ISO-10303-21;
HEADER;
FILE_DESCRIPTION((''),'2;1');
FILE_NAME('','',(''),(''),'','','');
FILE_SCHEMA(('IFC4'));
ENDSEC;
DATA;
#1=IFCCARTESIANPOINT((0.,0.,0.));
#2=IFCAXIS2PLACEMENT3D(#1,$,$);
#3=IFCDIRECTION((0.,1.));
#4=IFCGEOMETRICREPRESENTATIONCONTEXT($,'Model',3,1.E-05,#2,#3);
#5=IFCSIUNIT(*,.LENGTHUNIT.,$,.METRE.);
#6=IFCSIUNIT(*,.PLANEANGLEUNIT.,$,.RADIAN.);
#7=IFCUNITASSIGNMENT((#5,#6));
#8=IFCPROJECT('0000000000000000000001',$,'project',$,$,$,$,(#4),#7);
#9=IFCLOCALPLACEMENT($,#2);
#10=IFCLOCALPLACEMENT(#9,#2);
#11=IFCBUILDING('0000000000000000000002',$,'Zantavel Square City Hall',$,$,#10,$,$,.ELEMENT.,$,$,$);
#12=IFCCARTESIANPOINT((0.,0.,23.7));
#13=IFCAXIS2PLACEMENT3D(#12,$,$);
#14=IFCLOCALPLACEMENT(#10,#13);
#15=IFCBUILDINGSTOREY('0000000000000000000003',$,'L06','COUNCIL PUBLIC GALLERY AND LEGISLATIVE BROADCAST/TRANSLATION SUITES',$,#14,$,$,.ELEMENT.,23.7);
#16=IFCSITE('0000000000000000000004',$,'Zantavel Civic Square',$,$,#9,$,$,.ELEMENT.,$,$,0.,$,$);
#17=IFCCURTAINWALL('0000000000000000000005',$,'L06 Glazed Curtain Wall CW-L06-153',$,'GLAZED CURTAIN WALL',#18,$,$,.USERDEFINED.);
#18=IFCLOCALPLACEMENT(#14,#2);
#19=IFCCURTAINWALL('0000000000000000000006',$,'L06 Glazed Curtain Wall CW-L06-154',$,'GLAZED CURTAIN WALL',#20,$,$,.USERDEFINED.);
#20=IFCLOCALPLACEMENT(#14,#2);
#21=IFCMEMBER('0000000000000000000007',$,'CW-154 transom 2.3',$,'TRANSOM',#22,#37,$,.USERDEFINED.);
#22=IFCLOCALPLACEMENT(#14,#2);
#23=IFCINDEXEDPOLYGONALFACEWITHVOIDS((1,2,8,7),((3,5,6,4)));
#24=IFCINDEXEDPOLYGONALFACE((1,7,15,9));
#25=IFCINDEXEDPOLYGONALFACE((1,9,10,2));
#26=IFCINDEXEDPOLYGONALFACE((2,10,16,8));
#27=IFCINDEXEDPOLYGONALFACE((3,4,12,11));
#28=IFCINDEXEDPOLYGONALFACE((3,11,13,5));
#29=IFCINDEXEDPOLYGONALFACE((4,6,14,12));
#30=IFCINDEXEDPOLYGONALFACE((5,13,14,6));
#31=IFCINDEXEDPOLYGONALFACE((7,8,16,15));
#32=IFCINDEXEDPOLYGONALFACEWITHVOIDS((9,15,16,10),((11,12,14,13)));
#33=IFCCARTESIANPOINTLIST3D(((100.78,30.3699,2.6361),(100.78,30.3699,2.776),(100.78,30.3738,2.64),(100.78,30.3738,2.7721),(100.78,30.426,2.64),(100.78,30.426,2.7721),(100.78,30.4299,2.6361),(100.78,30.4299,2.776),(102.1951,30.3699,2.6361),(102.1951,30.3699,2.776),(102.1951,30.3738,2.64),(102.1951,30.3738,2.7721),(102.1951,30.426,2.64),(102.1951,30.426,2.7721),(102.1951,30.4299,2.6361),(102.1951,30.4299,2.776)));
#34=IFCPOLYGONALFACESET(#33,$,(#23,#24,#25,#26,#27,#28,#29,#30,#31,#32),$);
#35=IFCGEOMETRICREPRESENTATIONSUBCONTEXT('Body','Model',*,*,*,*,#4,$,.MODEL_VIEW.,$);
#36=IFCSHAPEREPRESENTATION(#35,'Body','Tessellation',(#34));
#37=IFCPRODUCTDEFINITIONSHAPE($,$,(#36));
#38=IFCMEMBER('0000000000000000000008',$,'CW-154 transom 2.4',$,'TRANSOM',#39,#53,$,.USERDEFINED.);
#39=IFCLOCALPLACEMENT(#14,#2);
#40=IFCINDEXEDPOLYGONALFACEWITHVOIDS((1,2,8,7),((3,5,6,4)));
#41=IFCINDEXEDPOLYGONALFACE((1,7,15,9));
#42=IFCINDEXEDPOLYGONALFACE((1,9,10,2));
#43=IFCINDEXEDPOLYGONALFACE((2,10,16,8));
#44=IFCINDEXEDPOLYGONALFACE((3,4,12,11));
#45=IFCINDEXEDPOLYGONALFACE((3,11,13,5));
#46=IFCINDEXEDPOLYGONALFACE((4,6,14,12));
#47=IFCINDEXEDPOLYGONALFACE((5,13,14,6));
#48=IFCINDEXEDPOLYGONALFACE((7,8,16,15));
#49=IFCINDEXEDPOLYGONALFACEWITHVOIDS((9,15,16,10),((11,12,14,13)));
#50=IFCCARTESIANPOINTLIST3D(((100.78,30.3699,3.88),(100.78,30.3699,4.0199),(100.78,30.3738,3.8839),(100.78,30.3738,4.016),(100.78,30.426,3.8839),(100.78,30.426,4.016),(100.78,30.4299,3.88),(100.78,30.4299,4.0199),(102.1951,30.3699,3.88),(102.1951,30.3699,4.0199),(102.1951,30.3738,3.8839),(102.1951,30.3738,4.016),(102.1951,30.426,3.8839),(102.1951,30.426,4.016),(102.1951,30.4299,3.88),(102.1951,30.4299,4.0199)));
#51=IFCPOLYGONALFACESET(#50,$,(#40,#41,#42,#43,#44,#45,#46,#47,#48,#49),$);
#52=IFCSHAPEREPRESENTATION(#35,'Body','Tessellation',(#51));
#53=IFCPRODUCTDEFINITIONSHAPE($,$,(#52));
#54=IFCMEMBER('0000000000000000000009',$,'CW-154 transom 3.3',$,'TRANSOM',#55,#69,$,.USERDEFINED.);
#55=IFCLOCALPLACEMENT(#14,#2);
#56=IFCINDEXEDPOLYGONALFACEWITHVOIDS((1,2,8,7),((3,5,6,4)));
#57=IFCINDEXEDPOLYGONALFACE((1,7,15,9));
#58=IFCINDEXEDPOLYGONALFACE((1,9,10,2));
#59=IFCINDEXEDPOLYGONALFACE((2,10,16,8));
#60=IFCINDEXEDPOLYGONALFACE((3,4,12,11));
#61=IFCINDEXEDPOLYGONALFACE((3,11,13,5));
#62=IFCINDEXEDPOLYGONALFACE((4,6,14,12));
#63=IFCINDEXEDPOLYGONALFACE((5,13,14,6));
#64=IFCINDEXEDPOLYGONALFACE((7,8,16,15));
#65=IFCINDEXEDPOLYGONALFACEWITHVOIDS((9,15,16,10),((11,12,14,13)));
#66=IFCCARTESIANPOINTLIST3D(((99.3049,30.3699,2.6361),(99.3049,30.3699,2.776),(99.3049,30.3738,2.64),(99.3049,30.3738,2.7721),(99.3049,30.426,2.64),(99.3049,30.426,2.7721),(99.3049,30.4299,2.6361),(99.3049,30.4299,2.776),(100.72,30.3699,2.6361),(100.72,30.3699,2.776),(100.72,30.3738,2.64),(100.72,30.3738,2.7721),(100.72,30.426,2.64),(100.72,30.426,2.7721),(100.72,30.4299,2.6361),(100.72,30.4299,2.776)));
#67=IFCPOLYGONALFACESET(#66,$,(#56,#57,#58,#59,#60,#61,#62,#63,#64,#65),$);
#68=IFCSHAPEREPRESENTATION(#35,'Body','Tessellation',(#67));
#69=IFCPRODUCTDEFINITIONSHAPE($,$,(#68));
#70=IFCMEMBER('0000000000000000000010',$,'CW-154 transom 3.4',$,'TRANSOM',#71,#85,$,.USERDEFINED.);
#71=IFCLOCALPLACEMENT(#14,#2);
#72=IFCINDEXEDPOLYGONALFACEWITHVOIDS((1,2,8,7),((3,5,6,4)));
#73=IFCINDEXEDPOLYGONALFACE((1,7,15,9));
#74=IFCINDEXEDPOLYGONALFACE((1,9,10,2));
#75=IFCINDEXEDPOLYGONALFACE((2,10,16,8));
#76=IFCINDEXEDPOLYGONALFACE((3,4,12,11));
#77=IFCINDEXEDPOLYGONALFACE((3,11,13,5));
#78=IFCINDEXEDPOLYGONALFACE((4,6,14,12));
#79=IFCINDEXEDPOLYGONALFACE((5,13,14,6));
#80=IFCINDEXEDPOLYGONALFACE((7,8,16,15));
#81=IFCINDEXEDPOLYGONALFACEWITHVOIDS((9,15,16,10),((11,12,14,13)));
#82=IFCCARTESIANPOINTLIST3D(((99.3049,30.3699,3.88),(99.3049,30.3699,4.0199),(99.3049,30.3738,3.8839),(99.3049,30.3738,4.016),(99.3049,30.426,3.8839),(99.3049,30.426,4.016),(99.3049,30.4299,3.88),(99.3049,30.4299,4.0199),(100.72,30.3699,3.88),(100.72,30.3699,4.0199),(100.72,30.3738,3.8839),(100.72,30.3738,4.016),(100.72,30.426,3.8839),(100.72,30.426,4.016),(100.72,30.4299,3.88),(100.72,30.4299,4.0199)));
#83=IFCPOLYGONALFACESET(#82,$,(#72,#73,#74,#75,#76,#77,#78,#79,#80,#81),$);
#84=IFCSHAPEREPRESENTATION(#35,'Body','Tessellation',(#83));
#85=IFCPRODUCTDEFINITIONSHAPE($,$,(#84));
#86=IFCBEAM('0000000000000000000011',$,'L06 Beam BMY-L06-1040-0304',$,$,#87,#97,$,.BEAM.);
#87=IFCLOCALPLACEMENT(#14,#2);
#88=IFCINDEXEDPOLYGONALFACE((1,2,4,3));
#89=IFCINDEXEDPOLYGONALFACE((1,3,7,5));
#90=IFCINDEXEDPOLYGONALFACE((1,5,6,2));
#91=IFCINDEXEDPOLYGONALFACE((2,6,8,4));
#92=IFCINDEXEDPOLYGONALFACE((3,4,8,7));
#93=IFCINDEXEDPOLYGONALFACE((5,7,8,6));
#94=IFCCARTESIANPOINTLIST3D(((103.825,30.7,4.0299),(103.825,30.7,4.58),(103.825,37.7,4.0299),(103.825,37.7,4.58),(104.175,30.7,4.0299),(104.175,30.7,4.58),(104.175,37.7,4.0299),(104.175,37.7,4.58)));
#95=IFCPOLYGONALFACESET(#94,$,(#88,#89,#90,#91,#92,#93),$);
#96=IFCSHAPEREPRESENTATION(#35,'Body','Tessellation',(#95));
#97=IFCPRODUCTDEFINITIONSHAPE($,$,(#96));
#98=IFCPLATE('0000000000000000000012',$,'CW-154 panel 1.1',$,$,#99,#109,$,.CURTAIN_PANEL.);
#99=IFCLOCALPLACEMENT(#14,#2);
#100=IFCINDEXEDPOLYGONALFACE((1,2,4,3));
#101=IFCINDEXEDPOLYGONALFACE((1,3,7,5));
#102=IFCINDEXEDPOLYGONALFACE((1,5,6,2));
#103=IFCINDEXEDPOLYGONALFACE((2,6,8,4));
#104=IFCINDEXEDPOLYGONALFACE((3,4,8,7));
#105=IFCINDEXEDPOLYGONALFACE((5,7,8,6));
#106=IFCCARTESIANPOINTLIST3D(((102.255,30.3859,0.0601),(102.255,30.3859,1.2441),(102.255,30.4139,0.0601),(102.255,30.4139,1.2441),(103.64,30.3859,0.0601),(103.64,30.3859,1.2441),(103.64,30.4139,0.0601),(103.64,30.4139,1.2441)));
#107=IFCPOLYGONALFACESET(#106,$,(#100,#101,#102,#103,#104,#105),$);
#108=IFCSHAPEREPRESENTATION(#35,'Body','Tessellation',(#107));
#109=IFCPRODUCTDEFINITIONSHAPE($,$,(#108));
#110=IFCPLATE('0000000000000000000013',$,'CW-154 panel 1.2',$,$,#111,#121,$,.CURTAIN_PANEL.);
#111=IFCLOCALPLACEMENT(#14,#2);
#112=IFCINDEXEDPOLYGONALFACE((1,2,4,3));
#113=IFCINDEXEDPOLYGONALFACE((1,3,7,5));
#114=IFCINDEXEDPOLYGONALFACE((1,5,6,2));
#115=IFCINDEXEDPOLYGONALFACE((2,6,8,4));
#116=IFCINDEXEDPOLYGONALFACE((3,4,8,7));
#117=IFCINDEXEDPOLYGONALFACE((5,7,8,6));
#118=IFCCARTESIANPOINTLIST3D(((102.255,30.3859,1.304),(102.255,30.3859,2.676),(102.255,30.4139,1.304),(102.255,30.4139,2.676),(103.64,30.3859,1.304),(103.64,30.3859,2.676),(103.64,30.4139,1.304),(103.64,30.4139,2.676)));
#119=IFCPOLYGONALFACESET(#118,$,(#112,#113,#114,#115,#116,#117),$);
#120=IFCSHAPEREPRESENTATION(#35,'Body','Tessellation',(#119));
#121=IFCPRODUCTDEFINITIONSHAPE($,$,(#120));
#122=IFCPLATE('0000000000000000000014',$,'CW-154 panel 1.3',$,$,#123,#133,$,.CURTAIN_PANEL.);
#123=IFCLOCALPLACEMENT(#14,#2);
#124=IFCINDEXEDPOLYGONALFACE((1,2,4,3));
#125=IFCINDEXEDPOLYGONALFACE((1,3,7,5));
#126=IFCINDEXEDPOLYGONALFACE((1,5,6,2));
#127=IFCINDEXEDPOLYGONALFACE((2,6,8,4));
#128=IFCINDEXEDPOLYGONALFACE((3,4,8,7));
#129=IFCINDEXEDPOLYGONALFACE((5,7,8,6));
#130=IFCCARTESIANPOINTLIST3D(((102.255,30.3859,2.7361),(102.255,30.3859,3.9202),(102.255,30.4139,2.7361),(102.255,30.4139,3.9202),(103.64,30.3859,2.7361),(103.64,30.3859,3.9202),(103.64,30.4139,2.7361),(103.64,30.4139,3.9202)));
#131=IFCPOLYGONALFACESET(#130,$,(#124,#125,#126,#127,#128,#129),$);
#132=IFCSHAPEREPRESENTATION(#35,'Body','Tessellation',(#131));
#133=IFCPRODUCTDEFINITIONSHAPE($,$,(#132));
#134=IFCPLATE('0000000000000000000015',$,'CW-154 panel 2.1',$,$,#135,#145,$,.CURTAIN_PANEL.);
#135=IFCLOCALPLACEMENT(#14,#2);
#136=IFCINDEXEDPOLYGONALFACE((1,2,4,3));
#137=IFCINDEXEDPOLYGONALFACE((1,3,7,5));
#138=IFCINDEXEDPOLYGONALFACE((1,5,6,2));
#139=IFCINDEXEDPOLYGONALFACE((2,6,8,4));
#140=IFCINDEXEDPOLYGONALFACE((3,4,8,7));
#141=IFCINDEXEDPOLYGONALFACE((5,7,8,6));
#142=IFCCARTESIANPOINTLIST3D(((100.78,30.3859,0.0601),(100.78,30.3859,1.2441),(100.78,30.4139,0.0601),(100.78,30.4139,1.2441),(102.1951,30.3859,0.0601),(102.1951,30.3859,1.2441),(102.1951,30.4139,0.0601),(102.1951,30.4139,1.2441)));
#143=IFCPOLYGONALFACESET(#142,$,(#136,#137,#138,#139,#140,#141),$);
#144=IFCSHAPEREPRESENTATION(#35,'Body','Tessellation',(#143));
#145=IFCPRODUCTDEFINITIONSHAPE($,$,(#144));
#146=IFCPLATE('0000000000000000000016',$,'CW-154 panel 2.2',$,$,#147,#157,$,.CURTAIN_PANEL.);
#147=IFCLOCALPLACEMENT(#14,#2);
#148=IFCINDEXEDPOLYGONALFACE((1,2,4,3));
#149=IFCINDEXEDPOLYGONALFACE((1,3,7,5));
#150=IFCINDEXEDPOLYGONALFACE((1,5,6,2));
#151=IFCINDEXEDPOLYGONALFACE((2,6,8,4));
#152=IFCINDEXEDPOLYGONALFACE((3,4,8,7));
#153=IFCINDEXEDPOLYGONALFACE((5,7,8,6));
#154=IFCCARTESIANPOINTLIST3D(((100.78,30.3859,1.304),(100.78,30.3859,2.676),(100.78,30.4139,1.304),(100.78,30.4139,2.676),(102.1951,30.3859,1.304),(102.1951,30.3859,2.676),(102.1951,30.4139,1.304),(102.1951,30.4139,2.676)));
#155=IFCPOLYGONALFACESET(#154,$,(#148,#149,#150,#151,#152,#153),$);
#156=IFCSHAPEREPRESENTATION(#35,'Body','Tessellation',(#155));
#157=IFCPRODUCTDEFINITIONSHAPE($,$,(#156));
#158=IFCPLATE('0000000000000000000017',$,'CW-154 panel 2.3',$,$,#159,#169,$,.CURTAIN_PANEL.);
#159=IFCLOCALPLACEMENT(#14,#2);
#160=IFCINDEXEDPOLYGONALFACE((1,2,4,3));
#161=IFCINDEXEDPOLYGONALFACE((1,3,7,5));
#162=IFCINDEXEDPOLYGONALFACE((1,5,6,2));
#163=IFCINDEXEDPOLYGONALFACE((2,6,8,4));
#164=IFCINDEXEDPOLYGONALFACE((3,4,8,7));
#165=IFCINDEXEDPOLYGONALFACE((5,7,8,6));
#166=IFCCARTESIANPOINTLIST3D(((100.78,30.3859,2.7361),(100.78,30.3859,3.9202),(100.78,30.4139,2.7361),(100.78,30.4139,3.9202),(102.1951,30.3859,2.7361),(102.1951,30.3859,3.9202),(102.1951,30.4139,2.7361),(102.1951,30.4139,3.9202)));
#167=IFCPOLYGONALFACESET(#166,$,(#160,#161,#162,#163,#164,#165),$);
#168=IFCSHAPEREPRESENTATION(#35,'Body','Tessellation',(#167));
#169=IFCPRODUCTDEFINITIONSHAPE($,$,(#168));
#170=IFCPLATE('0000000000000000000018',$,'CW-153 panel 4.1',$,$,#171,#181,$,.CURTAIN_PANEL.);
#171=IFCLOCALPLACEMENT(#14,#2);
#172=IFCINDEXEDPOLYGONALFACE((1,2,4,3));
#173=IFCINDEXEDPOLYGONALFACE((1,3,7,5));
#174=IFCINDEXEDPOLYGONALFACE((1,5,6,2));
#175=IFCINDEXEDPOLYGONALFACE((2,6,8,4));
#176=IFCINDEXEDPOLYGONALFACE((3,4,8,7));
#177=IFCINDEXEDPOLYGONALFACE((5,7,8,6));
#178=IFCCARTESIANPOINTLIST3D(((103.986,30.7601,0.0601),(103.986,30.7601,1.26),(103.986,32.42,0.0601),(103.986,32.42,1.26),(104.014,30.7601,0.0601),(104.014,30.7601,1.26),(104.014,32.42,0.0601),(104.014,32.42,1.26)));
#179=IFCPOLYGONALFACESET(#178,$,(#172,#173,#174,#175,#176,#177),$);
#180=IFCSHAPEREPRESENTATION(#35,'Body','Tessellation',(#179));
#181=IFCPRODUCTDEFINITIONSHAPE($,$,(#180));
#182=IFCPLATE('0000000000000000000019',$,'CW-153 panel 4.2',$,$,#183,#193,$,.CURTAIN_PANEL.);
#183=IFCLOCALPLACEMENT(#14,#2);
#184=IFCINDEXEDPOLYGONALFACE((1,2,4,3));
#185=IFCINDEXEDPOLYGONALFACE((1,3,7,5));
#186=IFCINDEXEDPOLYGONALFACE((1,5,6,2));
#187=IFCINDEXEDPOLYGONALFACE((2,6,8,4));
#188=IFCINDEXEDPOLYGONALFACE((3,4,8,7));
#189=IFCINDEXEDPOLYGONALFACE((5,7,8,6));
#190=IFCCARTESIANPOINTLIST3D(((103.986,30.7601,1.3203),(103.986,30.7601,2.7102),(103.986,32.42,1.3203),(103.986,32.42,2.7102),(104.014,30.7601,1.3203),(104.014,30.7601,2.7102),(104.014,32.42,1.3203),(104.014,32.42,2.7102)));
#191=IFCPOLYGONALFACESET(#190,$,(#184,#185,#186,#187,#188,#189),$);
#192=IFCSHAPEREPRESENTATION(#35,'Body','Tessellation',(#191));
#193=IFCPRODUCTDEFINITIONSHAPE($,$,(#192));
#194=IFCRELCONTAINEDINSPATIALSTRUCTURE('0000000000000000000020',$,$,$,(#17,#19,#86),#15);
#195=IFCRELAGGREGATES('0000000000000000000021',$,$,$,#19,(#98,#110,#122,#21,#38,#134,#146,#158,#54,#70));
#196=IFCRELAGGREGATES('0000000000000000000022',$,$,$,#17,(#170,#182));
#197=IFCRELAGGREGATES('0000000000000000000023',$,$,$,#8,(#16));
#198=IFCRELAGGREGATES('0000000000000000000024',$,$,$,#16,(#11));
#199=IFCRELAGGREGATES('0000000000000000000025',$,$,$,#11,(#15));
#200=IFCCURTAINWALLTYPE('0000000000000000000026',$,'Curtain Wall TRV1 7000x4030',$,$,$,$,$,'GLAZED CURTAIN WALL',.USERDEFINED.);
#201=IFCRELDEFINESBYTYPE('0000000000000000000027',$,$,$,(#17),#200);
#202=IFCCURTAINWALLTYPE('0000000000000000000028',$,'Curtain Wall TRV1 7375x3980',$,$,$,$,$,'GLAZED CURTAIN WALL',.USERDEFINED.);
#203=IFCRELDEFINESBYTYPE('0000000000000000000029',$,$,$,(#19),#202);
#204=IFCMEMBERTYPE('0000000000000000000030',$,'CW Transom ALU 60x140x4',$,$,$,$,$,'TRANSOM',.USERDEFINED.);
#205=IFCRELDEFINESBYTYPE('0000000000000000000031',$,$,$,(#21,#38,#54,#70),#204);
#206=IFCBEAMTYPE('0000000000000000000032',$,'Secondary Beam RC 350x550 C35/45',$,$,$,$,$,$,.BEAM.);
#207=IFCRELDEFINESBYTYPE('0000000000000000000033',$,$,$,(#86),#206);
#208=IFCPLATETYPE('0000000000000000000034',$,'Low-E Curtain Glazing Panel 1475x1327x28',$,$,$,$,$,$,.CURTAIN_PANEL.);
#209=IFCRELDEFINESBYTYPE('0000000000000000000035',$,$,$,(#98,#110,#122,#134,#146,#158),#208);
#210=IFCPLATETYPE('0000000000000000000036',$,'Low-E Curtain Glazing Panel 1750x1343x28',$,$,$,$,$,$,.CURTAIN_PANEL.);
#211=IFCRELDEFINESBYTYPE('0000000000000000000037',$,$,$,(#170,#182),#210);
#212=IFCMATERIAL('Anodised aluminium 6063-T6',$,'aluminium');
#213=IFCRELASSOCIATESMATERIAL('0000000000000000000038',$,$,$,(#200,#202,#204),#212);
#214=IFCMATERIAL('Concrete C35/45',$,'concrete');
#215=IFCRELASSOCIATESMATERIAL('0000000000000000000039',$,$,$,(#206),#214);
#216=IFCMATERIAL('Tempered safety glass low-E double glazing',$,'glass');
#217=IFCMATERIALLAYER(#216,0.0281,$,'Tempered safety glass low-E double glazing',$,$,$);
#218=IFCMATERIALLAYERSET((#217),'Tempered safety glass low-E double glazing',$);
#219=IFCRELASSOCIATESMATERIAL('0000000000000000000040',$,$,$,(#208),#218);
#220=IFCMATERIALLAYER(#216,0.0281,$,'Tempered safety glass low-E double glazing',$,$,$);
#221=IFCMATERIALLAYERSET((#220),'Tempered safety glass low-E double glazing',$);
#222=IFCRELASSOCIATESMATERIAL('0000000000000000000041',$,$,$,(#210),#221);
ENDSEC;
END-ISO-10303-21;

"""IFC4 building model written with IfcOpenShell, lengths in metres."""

from ifc_helpers import new_model, si_unit, direction, frame, origin, origin_2d, place, context, subcontext, project, spatial, rectangle, hollow_rectangle, extrude, material, layer, layer_set, material_profile, profile_set, type_object, element, aggregate, save


model = new_model("IFC4")

# Units and contexts
model_context = context("Model", 3, precision=1e-05, world=origin(), true_north=direction((0.0, 1.0)))
body_context = subcontext(model_context, "Body", "Model", "MODEL_VIEW")
ifc_project = project(units=[si_unit("LENGTHUNIT", "METRE"), si_unit("PLANEANGLEUNIT", "RADIAN")], contexts=[model_context])

# Site, building, storey
site_placement = place(None, origin())
site = spatial("IfcSite", under=ifc_project, at=site_placement, Name="Zantavel Civic Square", CompositionType="ELEMENT", RefElevation=0.0)
building_placement = place(site_placement, origin())
building = spatial("IfcBuilding", under=site, at=building_placement, Name="Zantavel Square City Hall", CompositionType="ELEMENT")
storey_placement = place(building_placement, frame((0.0, 0.0, 23.7)))
storey = spatial("IfcBuildingStorey", under=building, at=storey_placement, Name="L06", Description="COUNCIL PUBLIC GALLERY AND LEGISLATIVE BROADCAST/TRANSLATION SUITES", CompositionType="ELEMENT", Elevation=23.7)

# Curtain wall
ifc_material_1 = material(Name="Anodised aluminium 6063-T6", Category="aluminium")
curtain_wall_type_1 = type_object("IfcCurtainWallType", Name="Curtain Wall TRV1 7000x4030", ElementType="GLAZED CURTAIN WALL", PredefinedType="USERDEFINED", material=ifc_material_1)
curtain_wall_1_placement = place(storey_placement, origin())
curtain_wall_1 = element("IfcCurtainWall", 1, at=curtain_wall_1_placement, inside=storey, type_object=curtain_wall_type_1, Name="L06 Glazed Curtain Wall CW-L06-153", ObjectType="GLAZED CURTAIN WALL", PredefinedType="USERDEFINED")

# Curtain wall, members
curtain_wall_type_2 = type_object("IfcCurtainWallType", Name="Curtain Wall TRV1 7375x3980", ElementType="GLAZED CURTAIN WALL", PredefinedType="USERDEFINED", material=ifc_material_1)
curtain_wall_2_placement = place(storey_placement, origin())
curtain_wall_2 = element("IfcCurtainWall", 2, at=curtain_wall_2_placement, inside=storey, type_object=curtain_wall_type_2, Name="L06 Glazed Curtain Wall CW-L06-154", ObjectType="GLAZED CURTAIN WALL", PredefinedType="USERDEFINED")
ifc_material_profile_1 = material_profile(ifc_material_1, hollow_rectangle(XDim=0.0601, YDim=0.1399, WallThickness=0.0039, at=origin_2d()), Name="ALU 60x140x4")
ifc_profile_set_1 = profile_set([ifc_material_profile_1], Name="Anodised aluminium 6063-T6")
member_type_1 = type_object("IfcMemberType", Name="CW Transom ALU 60x140x4", ElementType="TRANSOM", PredefinedType="USERDEFINED", material=ifc_profile_set_1)
member_1_placement = place(storey_placement, frame((102.1951, 30.3999, 2.7061), z_axis=(-1.0, 0.0, 0.0), x_axis=(0.0, -1.0, 0.0)))
member_1 = element("IfcMember", 3, at=member_1_placement, type_object=member_type_1, Name="CW-154 transom 2.3", ObjectType="TRANSOM", PredefinedType="USERDEFINED", context=body_context, shape_type="SweptSolid", body=[
    extrude(hollow_rectangle(XDim=0.0601, YDim=0.1399, WallThickness=0.0039, at=origin_2d()), origin(), (0.0, 0.0, 1.0), 1.415),
])
member_2_placement = place(storey_placement, frame((102.1951, 30.3999, 3.95), z_axis=(-1.0, 0.0, 0.0), x_axis=(0.0, -1.0, 0.0)))
member_2 = element("IfcMember", 4, at=member_2_placement, type_object=member_type_1, Name="CW-154 transom 2.4", ObjectType="TRANSOM", PredefinedType="USERDEFINED", context=body_context, shape_type="SweptSolid", body=[
    extrude(hollow_rectangle(XDim=0.0601, YDim=0.1399, WallThickness=0.0039, at=origin_2d()), origin(), (0.0, 0.0, 1.0), 1.415),
])
member_3_placement = place(storey_placement, frame((100.72, 30.3999, 2.7061), z_axis=(-1.0, 0.0, 0.0), x_axis=(0.0, -1.0, 0.0)))
member_3 = element("IfcMember", 5, at=member_3_placement, type_object=member_type_1, Name="CW-154 transom 3.3", ObjectType="TRANSOM", PredefinedType="USERDEFINED", context=body_context, shape_type="SweptSolid", body=[
    extrude(hollow_rectangle(XDim=0.0601, YDim=0.1399, WallThickness=0.0039, at=origin_2d()), origin(), (0.0, 0.0, 1.0), 1.415),
])
member_4_placement = place(storey_placement, frame((100.72, 30.3999, 3.95), z_axis=(-1.0, 0.0, 0.0), x_axis=(0.0, -1.0, 0.0)))
member_4 = element("IfcMember", 6, at=member_4_placement, type_object=member_type_1, Name="CW-154 transom 3.4", ObjectType="TRANSOM", PredefinedType="USERDEFINED", context=body_context, shape_type="SweptSolid", body=[
    extrude(hollow_rectangle(XDim=0.0601, YDim=0.1399, WallThickness=0.0039, at=origin_2d()), origin(), (0.0, 0.0, 1.0), 1.415),
])

# Beam
ifc_material_2 = material(Name="Concrete C35/45", Category="concrete")
ifc_material_profile_2 = material_profile(ifc_material_2, rectangle(XDim=0.3501, YDim=0.55, at=origin_2d()), Name="RC 350x550")
ifc_profile_set_2 = profile_set([ifc_material_profile_2], Name="Concrete C35/45")
beam_type = type_object("IfcBeamType", Name="Secondary Beam RC 350x550 C35/45", PredefinedType="BEAM", material=ifc_profile_set_2)
beam_placement = place(storey_placement, frame((104.0, 30.7, 4.3049), z_axis=(0.0, 1.0, 0.0), x_axis=(-1.0, 0.0, 0.0)))
element("IfcBeam", 7, at=beam_placement, inside=storey, type_object=beam_type, Name="L06 Beam BMY-L06-1040-0304", PredefinedType="BEAM", context=body_context, shape_type="SweptSolid", body=[
    extrude(rectangle(XDim=0.3501, YDim=0.55, at=origin_2d()), origin(), (0.0, 0.0, 1.0), 7.0),
])

# Plates
ifc_material_3 = material(Name="Tempered safety glass low-E double glazing", Category="glass")
ifc_layer_1 = layer(ifc_material_3, 0.0281, Name="Tempered safety glass low-E double glazing")
ifc_layer_set_1 = layer_set([ifc_layer_1], Name="Tempered safety glass low-E double glazing")
plate_type_1 = type_object("IfcPlateType", Name="Low-E Curtain Glazing Panel 1475x1327x28", PredefinedType="CURTAIN_PANEL", material=ifc_layer_set_1)
plate_1_placement = place(storey_placement, frame((102.9475, 30.3999, 0.0601), z_axis=(0.0, 0.0, 1.0), x_axis=(-1.0, 0.0, 0.0)))
plate_1 = element("IfcPlate", 8, at=plate_1_placement, type_object=plate_type_1, Name="CW-154 panel 1.1", PredefinedType="CURTAIN_PANEL", context=body_context, shape_type="SweptSolid", body=[
    extrude(rectangle(XDim=1.385, YDim=0.0281, at=origin_2d()), origin(), (0.0, 0.0, 1.0), 1.1841),
])
plate_2_placement = place(storey_placement, frame((102.9475, 30.3999, 1.304), z_axis=(0.0, 0.0, 1.0), x_axis=(-1.0, 0.0, 0.0)))
plate_2 = element("IfcPlate", 9, at=plate_2_placement, type_object=plate_type_1, Name="CW-154 panel 1.2", PredefinedType="CURTAIN_PANEL", context=body_context, shape_type="SweptSolid", body=[
    extrude(rectangle(XDim=1.385, YDim=0.0281, at=origin_2d()), origin(), (0.0, 0.0, 1.0), 1.3721),
])
plate_3_placement = place(storey_placement, frame((102.9475, 30.3999, 2.7361), z_axis=(0.0, 0.0, 1.0), x_axis=(-1.0, 0.0, 0.0)))
plate_3 = element("IfcPlate", 10, at=plate_3_placement, type_object=plate_type_1, Name="CW-154 panel 1.3", PredefinedType="CURTAIN_PANEL", context=body_context, shape_type="SweptSolid", body=[
    extrude(rectangle(XDim=1.385, YDim=0.0281, at=origin_2d()), origin(), (0.0, 0.0, 1.0), 1.1841),
])
plate_4_placement = place(storey_placement, frame((101.4875, 30.3999, 0.0601), z_axis=(0.0, 0.0, 1.0), x_axis=(-1.0, 0.0, 0.0)))
plate_4 = element("IfcPlate", 11, at=plate_4_placement, type_object=plate_type_1, Name="CW-154 panel 2.1", PredefinedType="CURTAIN_PANEL", context=body_context, shape_type="SweptSolid", body=[
    extrude(rectangle(XDim=1.415, YDim=0.0281, at=origin_2d()), origin(), (0.0, 0.0, 1.0), 1.1841),
])
plate_5_placement = place(storey_placement, frame((101.4875, 30.3999, 1.304), z_axis=(0.0, 0.0, 1.0), x_axis=(-1.0, 0.0, 0.0)))
plate_5 = element("IfcPlate", 12, at=plate_5_placement, type_object=plate_type_1, Name="CW-154 panel 2.2", PredefinedType="CURTAIN_PANEL", context=body_context, shape_type="SweptSolid", body=[
    extrude(rectangle(XDim=1.415, YDim=0.0281, at=origin_2d()), origin(), (0.0, 0.0, 1.0), 1.3721),
])
plate_6_placement = place(storey_placement, frame((101.4875, 30.3999, 2.7361), z_axis=(0.0, 0.0, 1.0), x_axis=(-1.0, 0.0, 0.0)))
plate_6 = element("IfcPlate", 13, at=plate_6_placement, type_object=plate_type_1, Name="CW-154 panel 2.3", PredefinedType="CURTAIN_PANEL", context=body_context, shape_type="SweptSolid", body=[
    extrude(rectangle(XDim=1.415, YDim=0.0281, at=origin_2d()), origin(), (0.0, 0.0, 1.0), 1.1841),
])
aggregate(curtain_wall_2, [plate_1, plate_2, plate_3, member_1, member_2, plate_4, plate_5, plate_6, member_3, member_4])
ifc_layer_2 = layer(ifc_material_3, 0.0281, Name="Tempered safety glass low-E double glazing")
ifc_layer_set_2 = layer_set([ifc_layer_2], Name="Tempered safety glass low-E double glazing")
plate_type_2 = type_object("IfcPlateType", Name="Low-E Curtain Glazing Panel 1750x1343x28", PredefinedType="CURTAIN_PANEL", material=ifc_layer_set_2)
plate_7_placement = place(storey_placement, frame((104.0, 31.5901, 0.0601), z_axis=(0.0, 0.0, 1.0), x_axis=(0.0, -1.0, 0.0)))
plate_7 = element("IfcPlate", 14, at=plate_7_placement, type_object=plate_type_2, Name="CW-153 panel 4.1", PredefinedType="CURTAIN_PANEL", context=body_context, shape_type="SweptSolid", body=[
    extrude(rectangle(XDim=1.6599, YDim=0.0281, at=origin_2d()), origin(), (0.0, 0.0, 1.0), 1.2),
])
plate_8_placement = place(storey_placement, frame((104.0, 31.5901, 1.3203), z_axis=(0.0, 0.0, 1.0), x_axis=(0.0, -1.0, 0.0)))
plate_8 = element("IfcPlate", 15, at=plate_8_placement, type_object=plate_type_2, Name="CW-153 panel 4.2", PredefinedType="CURTAIN_PANEL", context=body_context, shape_type="SweptSolid", body=[
    extrude(rectangle(XDim=1.6599, YDim=0.0281, at=origin_2d()), origin(), (0.0, 0.0, 1.0), 1.3899),
])
aggregate(curtain_wall_1, [plate_7, plate_8])

save(model, "model.ifc")
